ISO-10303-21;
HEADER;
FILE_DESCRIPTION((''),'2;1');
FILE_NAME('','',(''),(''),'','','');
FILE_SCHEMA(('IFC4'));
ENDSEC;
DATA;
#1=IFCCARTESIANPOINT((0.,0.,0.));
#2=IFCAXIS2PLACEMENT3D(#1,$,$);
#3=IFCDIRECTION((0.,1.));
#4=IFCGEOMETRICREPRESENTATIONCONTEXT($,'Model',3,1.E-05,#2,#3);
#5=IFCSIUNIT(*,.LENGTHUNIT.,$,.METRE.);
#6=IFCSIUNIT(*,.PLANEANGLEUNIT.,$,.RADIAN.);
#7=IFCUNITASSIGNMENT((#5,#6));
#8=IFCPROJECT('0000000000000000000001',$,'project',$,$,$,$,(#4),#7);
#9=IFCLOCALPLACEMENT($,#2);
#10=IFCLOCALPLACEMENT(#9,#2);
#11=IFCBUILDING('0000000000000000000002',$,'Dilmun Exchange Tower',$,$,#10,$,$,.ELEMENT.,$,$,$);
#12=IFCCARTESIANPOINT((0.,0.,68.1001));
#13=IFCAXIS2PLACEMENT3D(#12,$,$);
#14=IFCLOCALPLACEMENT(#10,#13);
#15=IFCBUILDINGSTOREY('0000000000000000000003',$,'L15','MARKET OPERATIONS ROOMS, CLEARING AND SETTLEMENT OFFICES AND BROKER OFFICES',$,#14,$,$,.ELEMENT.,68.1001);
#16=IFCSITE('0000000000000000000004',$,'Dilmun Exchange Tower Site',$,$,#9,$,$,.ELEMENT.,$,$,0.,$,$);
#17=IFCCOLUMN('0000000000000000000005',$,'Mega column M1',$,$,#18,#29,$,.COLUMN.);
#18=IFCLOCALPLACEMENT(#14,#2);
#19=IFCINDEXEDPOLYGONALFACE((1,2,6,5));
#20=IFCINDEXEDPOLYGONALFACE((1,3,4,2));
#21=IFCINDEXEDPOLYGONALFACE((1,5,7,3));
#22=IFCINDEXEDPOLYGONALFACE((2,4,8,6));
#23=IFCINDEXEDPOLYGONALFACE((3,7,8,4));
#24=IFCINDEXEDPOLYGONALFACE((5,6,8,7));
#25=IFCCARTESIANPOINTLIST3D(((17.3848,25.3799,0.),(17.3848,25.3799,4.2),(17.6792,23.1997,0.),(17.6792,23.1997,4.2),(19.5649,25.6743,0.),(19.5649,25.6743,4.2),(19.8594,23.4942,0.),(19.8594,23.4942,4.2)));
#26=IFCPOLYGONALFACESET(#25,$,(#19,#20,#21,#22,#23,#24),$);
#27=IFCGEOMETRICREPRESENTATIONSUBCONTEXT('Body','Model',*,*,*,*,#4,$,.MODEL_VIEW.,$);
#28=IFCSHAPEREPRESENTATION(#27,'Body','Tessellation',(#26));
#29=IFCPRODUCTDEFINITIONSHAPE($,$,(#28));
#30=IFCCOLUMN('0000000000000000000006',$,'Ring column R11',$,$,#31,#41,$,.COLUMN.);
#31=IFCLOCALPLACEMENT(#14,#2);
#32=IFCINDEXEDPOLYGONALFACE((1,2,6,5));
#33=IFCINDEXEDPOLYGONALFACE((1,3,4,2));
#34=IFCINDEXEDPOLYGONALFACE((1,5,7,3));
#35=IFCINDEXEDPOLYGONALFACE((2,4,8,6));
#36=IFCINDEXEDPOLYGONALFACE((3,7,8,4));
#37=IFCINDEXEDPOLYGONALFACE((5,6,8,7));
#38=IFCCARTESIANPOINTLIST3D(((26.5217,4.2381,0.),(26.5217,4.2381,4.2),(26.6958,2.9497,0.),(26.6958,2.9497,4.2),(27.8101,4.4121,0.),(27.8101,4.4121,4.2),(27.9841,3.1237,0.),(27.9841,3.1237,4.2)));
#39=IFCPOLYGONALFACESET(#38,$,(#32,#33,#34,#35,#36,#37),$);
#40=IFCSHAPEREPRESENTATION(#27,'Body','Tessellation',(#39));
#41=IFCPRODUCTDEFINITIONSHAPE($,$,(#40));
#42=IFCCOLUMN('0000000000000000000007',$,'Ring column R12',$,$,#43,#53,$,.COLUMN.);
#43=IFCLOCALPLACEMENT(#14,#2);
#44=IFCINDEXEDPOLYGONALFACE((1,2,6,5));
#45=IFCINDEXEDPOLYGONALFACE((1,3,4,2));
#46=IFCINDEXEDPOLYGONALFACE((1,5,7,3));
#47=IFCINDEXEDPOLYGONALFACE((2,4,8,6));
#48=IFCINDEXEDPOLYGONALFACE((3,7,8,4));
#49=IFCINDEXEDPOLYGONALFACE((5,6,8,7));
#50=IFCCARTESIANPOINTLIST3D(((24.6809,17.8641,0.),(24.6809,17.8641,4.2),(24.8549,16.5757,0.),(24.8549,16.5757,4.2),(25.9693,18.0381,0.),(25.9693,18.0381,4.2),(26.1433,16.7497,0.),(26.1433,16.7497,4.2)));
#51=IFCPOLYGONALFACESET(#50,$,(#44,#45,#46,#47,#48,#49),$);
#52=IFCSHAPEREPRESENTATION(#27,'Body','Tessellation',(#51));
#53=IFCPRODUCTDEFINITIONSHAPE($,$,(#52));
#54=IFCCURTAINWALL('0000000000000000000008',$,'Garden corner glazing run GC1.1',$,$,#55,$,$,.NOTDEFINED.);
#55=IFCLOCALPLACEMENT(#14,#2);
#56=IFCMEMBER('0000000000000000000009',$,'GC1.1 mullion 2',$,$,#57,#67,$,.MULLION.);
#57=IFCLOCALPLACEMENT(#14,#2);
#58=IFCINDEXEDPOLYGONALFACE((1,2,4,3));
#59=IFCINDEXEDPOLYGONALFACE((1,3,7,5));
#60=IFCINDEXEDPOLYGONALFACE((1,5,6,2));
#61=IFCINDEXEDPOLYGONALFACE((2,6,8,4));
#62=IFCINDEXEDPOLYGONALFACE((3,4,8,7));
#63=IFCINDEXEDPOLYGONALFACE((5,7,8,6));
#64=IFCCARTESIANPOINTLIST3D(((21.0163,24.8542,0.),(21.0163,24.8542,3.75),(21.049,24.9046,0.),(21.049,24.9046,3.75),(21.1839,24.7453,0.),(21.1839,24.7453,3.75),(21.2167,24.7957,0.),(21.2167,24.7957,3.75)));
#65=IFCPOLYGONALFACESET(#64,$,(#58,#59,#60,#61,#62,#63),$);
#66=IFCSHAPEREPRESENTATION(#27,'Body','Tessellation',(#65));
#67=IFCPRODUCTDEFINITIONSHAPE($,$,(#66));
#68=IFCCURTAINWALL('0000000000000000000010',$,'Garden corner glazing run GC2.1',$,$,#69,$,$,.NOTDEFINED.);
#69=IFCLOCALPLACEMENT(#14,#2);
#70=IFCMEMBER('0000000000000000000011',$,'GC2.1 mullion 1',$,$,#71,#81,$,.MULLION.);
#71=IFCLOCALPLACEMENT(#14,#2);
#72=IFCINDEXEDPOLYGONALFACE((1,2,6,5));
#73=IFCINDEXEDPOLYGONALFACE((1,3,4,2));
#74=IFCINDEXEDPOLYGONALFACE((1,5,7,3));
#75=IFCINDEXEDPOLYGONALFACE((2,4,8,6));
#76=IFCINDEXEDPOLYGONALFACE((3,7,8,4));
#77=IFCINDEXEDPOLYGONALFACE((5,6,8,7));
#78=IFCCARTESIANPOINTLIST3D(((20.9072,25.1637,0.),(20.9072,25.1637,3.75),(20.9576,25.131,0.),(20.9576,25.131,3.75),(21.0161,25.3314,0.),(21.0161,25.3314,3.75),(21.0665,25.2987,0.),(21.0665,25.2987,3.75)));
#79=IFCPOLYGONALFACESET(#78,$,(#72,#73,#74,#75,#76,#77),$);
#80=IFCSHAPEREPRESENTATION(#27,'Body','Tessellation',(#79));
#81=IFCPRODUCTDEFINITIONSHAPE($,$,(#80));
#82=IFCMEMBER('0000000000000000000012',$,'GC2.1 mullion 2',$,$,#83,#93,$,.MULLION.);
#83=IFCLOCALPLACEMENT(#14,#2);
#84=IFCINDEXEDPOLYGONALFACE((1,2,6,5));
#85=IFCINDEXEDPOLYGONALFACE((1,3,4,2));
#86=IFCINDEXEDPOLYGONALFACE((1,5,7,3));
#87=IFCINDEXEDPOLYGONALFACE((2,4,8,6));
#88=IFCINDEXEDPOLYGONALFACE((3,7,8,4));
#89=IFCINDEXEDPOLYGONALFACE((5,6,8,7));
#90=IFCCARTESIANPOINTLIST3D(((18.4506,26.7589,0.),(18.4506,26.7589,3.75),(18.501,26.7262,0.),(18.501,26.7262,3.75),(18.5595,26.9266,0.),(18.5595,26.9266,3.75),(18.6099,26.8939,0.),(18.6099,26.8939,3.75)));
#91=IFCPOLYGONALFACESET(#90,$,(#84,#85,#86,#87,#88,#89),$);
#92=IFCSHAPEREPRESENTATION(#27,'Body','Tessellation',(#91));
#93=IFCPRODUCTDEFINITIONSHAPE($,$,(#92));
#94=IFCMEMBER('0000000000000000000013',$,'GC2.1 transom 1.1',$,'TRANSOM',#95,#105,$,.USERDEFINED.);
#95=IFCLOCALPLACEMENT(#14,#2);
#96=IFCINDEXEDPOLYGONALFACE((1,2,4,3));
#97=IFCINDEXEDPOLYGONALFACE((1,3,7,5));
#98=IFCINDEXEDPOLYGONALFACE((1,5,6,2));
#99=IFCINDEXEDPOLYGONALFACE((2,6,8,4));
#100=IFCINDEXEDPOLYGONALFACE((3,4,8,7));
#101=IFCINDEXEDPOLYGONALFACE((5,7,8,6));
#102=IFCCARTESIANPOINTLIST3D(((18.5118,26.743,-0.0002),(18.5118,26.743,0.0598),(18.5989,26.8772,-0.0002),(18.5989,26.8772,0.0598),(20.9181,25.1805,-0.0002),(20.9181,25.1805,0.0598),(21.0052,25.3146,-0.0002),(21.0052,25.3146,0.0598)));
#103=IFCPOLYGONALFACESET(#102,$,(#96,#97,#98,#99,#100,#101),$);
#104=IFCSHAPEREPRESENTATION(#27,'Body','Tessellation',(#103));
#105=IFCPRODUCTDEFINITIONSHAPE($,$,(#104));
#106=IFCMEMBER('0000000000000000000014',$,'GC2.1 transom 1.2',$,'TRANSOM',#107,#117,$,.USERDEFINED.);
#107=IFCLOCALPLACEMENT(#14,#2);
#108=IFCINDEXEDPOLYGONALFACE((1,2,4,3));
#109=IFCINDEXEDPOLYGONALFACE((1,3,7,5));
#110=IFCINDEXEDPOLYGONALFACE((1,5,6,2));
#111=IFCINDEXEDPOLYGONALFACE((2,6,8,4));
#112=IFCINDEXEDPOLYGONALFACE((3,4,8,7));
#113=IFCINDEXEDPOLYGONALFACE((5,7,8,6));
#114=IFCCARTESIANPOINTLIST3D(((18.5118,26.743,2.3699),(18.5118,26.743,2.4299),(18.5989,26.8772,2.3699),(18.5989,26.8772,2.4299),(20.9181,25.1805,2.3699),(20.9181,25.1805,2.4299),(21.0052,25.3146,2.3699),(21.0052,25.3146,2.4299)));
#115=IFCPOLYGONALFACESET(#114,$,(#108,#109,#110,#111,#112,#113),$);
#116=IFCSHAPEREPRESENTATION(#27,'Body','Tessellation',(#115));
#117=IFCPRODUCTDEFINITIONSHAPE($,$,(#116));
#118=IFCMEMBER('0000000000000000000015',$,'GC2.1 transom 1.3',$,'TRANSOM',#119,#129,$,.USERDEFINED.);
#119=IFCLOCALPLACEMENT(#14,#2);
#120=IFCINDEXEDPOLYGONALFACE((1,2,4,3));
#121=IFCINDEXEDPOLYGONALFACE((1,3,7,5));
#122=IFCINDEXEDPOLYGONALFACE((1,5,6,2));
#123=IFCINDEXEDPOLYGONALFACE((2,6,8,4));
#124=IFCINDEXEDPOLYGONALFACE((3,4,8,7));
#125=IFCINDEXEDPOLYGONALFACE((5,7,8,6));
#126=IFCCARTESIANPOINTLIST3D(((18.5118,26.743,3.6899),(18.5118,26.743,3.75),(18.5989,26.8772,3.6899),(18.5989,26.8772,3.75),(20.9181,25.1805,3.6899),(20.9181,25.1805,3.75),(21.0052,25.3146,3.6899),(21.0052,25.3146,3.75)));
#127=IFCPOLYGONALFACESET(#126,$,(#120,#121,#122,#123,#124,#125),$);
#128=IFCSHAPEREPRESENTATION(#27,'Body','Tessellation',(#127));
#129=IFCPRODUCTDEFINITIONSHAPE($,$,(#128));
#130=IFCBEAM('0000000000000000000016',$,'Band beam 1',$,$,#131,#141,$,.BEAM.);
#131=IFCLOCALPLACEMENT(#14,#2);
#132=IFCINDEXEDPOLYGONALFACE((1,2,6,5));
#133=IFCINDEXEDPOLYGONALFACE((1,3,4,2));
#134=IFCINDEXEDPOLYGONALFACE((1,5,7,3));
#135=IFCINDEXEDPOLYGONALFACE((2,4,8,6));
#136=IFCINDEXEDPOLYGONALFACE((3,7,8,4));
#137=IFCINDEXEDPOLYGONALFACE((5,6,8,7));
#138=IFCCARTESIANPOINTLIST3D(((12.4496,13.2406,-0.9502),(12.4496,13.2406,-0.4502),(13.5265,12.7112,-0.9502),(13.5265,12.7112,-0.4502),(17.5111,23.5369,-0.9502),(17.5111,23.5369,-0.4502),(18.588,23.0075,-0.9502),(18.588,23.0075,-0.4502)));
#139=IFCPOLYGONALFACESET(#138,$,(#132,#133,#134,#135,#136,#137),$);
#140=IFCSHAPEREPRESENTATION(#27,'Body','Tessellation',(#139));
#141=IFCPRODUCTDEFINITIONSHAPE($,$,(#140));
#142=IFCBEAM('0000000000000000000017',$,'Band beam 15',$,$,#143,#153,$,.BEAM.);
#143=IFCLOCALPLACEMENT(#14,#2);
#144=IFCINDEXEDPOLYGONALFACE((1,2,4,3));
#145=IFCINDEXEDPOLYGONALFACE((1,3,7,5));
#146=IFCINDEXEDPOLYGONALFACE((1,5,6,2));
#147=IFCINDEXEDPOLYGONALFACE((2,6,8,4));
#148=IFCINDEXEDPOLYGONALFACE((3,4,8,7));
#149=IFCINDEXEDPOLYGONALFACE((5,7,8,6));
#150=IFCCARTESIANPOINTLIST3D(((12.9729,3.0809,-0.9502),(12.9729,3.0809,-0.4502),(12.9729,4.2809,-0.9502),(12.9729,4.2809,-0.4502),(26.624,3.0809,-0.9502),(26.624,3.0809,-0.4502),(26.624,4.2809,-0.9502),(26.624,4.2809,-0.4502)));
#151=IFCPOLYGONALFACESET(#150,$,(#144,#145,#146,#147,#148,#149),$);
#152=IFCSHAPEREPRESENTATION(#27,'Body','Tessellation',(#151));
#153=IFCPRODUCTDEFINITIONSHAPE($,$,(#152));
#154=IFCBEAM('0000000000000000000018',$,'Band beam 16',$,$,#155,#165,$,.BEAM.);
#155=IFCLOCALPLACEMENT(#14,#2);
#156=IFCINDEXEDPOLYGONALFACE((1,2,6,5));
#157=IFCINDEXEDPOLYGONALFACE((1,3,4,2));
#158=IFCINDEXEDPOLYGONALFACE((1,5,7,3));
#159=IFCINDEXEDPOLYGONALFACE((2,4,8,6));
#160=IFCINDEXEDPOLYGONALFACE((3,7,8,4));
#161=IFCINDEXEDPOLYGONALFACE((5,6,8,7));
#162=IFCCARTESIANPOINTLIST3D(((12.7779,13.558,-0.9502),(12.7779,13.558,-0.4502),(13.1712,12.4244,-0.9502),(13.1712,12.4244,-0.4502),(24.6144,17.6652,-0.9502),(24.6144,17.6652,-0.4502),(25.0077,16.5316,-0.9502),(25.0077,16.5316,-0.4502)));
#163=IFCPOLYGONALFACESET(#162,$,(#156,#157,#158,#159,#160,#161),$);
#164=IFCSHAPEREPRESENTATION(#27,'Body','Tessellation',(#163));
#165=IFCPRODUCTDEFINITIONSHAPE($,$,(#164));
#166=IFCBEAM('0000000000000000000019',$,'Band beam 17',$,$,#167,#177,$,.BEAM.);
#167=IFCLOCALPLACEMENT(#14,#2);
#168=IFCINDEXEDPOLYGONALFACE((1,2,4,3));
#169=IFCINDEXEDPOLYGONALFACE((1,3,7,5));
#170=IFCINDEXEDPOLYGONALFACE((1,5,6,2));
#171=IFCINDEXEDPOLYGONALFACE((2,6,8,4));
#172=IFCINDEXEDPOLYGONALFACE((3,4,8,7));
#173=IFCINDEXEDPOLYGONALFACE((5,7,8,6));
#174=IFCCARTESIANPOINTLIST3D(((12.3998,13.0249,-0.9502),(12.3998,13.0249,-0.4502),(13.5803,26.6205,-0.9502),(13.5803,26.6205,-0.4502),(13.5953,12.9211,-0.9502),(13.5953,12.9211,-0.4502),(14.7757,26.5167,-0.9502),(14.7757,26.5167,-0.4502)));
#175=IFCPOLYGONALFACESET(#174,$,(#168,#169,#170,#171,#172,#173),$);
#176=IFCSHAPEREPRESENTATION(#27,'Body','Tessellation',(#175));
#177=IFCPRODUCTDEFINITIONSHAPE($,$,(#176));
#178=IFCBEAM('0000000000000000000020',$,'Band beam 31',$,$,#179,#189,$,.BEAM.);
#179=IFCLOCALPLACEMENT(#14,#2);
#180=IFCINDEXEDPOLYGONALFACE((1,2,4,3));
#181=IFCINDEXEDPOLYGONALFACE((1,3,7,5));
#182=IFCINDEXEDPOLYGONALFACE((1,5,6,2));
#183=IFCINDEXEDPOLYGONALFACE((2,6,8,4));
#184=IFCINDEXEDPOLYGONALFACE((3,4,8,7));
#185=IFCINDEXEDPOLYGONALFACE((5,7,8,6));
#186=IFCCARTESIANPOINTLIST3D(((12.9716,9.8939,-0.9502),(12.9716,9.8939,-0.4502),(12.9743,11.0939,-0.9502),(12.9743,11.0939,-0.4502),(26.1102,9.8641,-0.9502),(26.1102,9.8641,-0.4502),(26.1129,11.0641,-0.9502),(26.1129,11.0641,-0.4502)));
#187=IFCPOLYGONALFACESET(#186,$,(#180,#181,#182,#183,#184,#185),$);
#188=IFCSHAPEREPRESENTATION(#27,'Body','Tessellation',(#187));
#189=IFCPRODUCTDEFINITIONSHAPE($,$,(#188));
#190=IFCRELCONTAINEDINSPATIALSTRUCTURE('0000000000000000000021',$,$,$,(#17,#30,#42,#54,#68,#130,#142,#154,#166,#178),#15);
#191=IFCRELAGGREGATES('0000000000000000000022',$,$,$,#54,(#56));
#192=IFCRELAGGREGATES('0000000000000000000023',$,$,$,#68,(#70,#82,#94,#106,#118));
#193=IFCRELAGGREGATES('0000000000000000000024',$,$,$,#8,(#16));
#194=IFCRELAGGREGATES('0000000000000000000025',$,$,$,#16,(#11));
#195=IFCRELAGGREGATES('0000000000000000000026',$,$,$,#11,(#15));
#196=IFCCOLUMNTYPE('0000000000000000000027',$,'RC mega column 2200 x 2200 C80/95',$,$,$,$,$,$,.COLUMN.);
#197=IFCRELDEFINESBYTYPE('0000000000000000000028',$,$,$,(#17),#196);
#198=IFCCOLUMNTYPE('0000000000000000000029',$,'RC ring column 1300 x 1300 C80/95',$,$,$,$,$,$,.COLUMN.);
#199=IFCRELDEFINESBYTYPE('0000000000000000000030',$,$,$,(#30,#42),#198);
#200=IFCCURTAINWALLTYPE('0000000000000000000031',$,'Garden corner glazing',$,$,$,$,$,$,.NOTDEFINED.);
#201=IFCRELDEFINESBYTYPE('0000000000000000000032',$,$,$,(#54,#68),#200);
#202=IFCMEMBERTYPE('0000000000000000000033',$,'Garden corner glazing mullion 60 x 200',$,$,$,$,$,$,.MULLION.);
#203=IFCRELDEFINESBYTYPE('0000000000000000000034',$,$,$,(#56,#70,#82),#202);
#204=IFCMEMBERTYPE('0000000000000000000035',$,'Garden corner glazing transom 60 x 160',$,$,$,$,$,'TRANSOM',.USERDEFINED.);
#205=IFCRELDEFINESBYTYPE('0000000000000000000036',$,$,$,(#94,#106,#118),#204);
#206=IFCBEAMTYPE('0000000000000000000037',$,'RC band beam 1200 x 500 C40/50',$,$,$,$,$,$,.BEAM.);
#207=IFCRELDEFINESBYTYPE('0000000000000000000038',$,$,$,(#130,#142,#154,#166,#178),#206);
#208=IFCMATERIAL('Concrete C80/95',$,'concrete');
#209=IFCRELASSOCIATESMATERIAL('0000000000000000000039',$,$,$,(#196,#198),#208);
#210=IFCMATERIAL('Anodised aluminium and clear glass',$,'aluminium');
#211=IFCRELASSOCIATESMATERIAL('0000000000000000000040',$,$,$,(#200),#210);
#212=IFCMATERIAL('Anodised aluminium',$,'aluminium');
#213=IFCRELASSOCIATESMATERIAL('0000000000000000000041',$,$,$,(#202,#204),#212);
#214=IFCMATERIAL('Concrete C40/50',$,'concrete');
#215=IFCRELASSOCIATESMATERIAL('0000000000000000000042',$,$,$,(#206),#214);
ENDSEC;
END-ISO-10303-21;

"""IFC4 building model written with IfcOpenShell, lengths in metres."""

from ifc_helpers import new_model, si_unit, direction, frame, origin, origin_2d, place, context, subcontext, project, spatial, rectangle, extrude, material, material_profile, profile_set, type_object, element, aggregate, save


model = new_model("IFC4")

# Units and contexts
model_context = context("Model", 3, precision=1e-05, world=origin(), true_north=direction((0.0, 1.0)))
body_context = subcontext(model_context, "Body", "Model", "MODEL_VIEW")
ifc_project = project(units=[si_unit("LENGTHUNIT", "METRE"), si_unit("PLANEANGLEUNIT", "RADIAN")], contexts=[model_context])

# Site, building, storey
site_placement = place(None, origin())
site = spatial("IfcSite", under=ifc_project, at=site_placement, Name="Dilmun Exchange Tower Site", CompositionType="ELEMENT", RefElevation=0.0)
building_placement = place(site_placement, origin())
building = spatial("IfcBuilding", under=site, at=building_placement, Name="Dilmun Exchange Tower", CompositionType="ELEMENT")
storey_placement = place(building_placement, frame((0.0, 0.0, 68.1001)))
storey = spatial("IfcBuildingStorey", under=building, at=storey_placement, Name="L15", Description="MARKET OPERATIONS ROOMS, CLEARING AND SETTLEMENT OFFICES AND BROKER OFFICES", CompositionType="ELEMENT", Elevation=68.1001)

# Columns
ifc_material_1 = material(Name="Concrete C80/95", Category="concrete")
ifc_material_profile_1 = material_profile(ifc_material_1, rectangle(XDim=2.2, YDim=2.2, at=origin_2d()), Name="2200 x 2200")
ifc_profile_set_1 = profile_set([ifc_material_profile_1], Name="Concrete C80/95")
column_type_1 = type_object("IfcColumnType", Name="RC mega column 2200 x 2200 C80/95", PredefinedType="COLUMN", material=ifc_profile_set_1)
column_placement = place(storey_placement, frame((18.6221, 24.437, 0.0), z_axis=(0.0, 0.0, 1.0), x_axis=(0.991001, 0.133853, 0.0)))
element("IfcColumn", 1, at=column_placement, inside=storey, type_object=column_type_1, Name="Mega column M1", PredefinedType="COLUMN", context=body_context, shape_type="SweptSolid", body=[
    extrude(rectangle(XDim=2.2, YDim=2.2, at=origin_2d()), origin(), (0.0, 0.0, 1.0), 4.2),
])
ifc_material_profile_2 = material_profile(ifc_material_1, rectangle(XDim=1.3, YDim=1.3, at=origin_2d()), Name="1300 x 1300")
ifc_profile_set_2 = profile_set([ifc_material_profile_2], Name="Concrete C80/95")
column_type_2 = type_object("IfcColumnType", Name="RC ring column 1300 x 1300 C80/95", PredefinedType="COLUMN", material=ifc_profile_set_2)
for number, where, z_axis, x_axis, name in (
    (2, (27.2529, 3.6809, 0.0), (0.0, 0.0, 1.0), (0.991001, 0.133853, 0.0), "Ring column R11"),
    (3, (25.4121, 17.3069, 0.0), (0.0, 0.0, 1.0), (0.991001, 0.133853, 0.0), "Ring column R12"),
):
    element("IfcColumn", number, at=place(storey_placement, frame(where, z_axis=z_axis, x_axis=x_axis)), inside=storey, type_object=column_type_2, Name=name, PredefinedType="COLUMN", context=body_context, shape_type="SweptSolid", body=[
        extrude(rectangle(XDim=1.3, YDim=1.3, at=origin_2d()), origin(), (0.0, 0.0, 1.0), 4.2),
    ])

# Curtain wall, member
ifc_material_2 = material(Name="Anodised aluminium and clear glass", Category="aluminium")
curtain_wall_type = type_object("IfcCurtainWallType", Name="Garden corner glazing", PredefinedType="NOTDEFINED", material=ifc_material_2)
curtain_wall_1_placement = place(storey_placement, origin())
curtain_wall_1 = element("IfcCurtainWall", 4, at=curtain_wall_1_placement, inside=storey, type_object=curtain_wall_type, Name="Garden corner glazing run GC1.1", PredefinedType="NOTDEFINED")
ifc_material_3 = material(Name="Anodised aluminium", Category="aluminium")
ifc_material_profile_3 = material_profile(ifc_material_3, rectangle(XDim=0.2, YDim=0.0601, at=origin_2d()), Name="AL 60x200")
ifc_profile_set_3 = profile_set([ifc_material_profile_3], Name="Anodised aluminium")
member_type_1 = type_object("IfcMemberType", Name="Garden corner glazing mullion 60 x 200", PredefinedType="MULLION", material=ifc_profile_set_3)
member_1_placement = place(storey_placement, frame((21.1165, 24.825, 0.0), z_axis=(0.0, 0.0, 1.0), x_axis=(0.838667, -0.544644, 0.0)))
member_1 = element("IfcMember", 5, at=member_1_placement, type_object=member_type_1, Name="GC1.1 mullion 2", PredefinedType="MULLION", context=body_context, shape_type="SweptSolid", body=[
    extrude(rectangle(XDim=0.2, YDim=0.0601, at=origin_2d()), origin(), (0.0, 0.0, 1.0), 3.75),
])

# Curtain wall, members
curtain_wall_2_placement = place(storey_placement, origin())
curtain_wall_2 = element("IfcCurtainWall", 6, at=curtain_wall_2_placement, inside=storey, type_object=curtain_wall_type, Name="Garden corner glazing run GC2.1", PredefinedType="NOTDEFINED")
member_2_placement = place(storey_placement, frame((20.9868, 25.2312, 0.0), z_axis=(0.0, 0.0, 1.0), x_axis=(-0.544631, -0.838676, 0.0)))
member_2 = element("IfcMember", 7, at=member_2_placement, type_object=member_type_1, Name="GC2.1 mullion 1", PredefinedType="MULLION", context=body_context, shape_type="SweptSolid", body=[
    extrude(rectangle(XDim=0.2, YDim=0.0601, at=origin_2d()), origin(), (0.0, 0.0, 1.0), 3.75),
])
member_3_placement = place(storey_placement, frame((18.5303, 26.8264, 0.0), z_axis=(0.0, 0.0, 1.0), x_axis=(-0.544631, -0.838676, 0.0)))
member_3 = element("IfcMember", 8, at=member_3_placement, type_object=member_type_1, Name="GC2.1 mullion 2", PredefinedType="MULLION", context=body_context, shape_type="SweptSolid", body=[
    extrude(rectangle(XDim=0.2, YDim=0.0601, at=origin_2d()), origin(), (0.0, 0.0, 1.0), 3.75),
])
ifc_material_profile_4 = material_profile(ifc_material_3, rectangle(XDim=0.1599, YDim=0.0601, at=origin_2d()), Name="AL 60x160")
ifc_profile_set_4 = profile_set([ifc_material_profile_4], Name="Anodised aluminium")
member_type_2 = type_object("IfcMemberType", Name="Garden corner glazing transom 60 x 160", ElementType="TRANSOM", PredefinedType="USERDEFINED", material=ifc_profile_set_4)
member_4_placement = place(storey_placement, frame((20.9617, 25.2476, 0.0298), z_axis=(-0.838692, 0.544605, 0.0), x_axis=(-0.544605, -0.838692, 0.0)))
member_4 = element("IfcMember", 9, at=member_4_placement, type_object=member_type_2, Name="GC2.1 transom 1.1", ObjectType="TRANSOM", PredefinedType="USERDEFINED", context=body_context, shape_type="SweptSolid", body=[
    extrude(rectangle(XDim=0.1599, YDim=0.0601, at=origin_2d()), origin(), (0.0, 0.0, 1.0), 2.8691),
])
member_5_placement = place(storey_placement, frame((20.9617, 25.2476, 2.3999), z_axis=(-0.838692, 0.544605, 0.0), x_axis=(-0.544605, -0.838692, 0.0)))
member_5 = element("IfcMember", 10, at=member_5_placement, type_object=member_type_2, Name="GC2.1 transom 1.2", ObjectType="TRANSOM", PredefinedType="USERDEFINED", context=body_context, shape_type="SweptSolid", body=[
    extrude(rectangle(XDim=0.1599, YDim=0.0601, at=origin_2d()), origin(), (0.0, 0.0, 1.0), 2.8691),
])
member_6_placement = place(storey_placement, frame((20.9617, 25.2476, 3.72), z_axis=(-0.838692, 0.544605, 0.0), x_axis=(-0.544605, -0.838692, 0.0)))
member_6 = element("IfcMember", 11, at=member_6_placement, type_object=member_type_2, Name="GC2.1 transom 1.3", ObjectType="TRANSOM", PredefinedType="USERDEFINED", context=body_context, shape_type="SweptSolid", body=[
    extrude(rectangle(XDim=0.1599, YDim=0.0601, at=origin_2d()), origin(), (0.0, 0.0, 1.0), 2.8691),
])

# Beams
ifc_material_4 = material(Name="Concrete C40/50", Category="concrete")
ifc_material_profile_5 = material_profile(ifc_material_4, rectangle(XDim=1.2, YDim=0.5, at=origin_2d()), Name="1200 x 500")
ifc_profile_set_5 = profile_set([ifc_material_profile_5], Name="Concrete C40/50")
beam_type_1 = type_object("IfcBeamType", Name="RC band beam 1200 x 500 C40/50", PredefinedType="BEAM", material=ifc_profile_set_5)
beam_1_placement = place(storey_placement, frame((18.0496, 23.2722, -0.7002), z_axis=(-0.44116, -0.897428, 0.0), x_axis=(0.897428, -0.44116, 0.0)))
element("IfcBeam", 12, at=beam_1_placement, inside=storey, type_object=beam_type_1, Name="Band beam 1", PredefinedType="BEAM", context=body_context, shape_type="SweptSolid", body=[
    extrude(rectangle(XDim=1.2, YDim=0.5, at=origin_2d()), origin(), (0.0, 0.0, 1.0), 11.4731),
])
beam_2_placement = place(storey_placement, frame((26.624, 3.6809, -0.7002), z_axis=(-1.0, 0.0, 0.0), x_axis=(0.0, -1.0, 0.0)))
element("IfcBeam", 13, at=beam_2_placement, inside=storey, type_object=beam_type_1, Name="Band beam 15", PredefinedType="BEAM", context=body_context, shape_type="SweptSolid", body=[
    extrude(rectangle(XDim=1.2, YDim=0.5, at=origin_2d()), origin(), (0.0, 0.0, 1.0), 13.6511),
])
beam_3_placement = place(storey_placement, frame((24.811, 17.0984, -0.7002), z_axis=(-0.94474, -0.32782, 0.0), x_axis=(0.32782, -0.94474, 0.0)))
element("IfcBeam", 14, at=beam_3_placement, inside=storey, type_object=beam_type_1, Name="Band beam 16", PredefinedType="BEAM", context=body_context, shape_type="SweptSolid", body=[
    extrude(rectangle(XDim=1.2, YDim=0.5, at=origin_2d()), origin(), (0.0, 0.0, 1.0), 12.5288),
])
beam_4_placement = place(storey_placement, frame((14.178, 26.5686, -0.7002), z_axis=(-0.086499, -0.996252, 0.0), x_axis=(0.996252, -0.086499, 0.0)))
element("IfcBeam", 15, at=beam_4_placement, inside=storey, type_object=beam_type_1, Name="Band beam 17", PredefinedType="BEAM", context=body_context, shape_type="SweptSolid", body=[
    extrude(rectangle(XDim=1.2, YDim=0.5, at=origin_2d()), origin(), (0.0, 0.0, 1.0), 13.6467),
])
beam_5_placement = place(storey_placement, frame((26.1116, 10.4641, -0.7002), z_axis=(-0.999997, 0.002267, 0.0), x_axis=(-0.002267, -0.999997, 0.0)))
element("IfcBeam", 16, at=beam_5_placement, inside=storey, type_object=beam_type_1, Name="Band beam 31", PredefinedType="BEAM", context=body_context, shape_type="SweptSolid", body=[
    extrude(rectangle(XDim=1.2, YDim=0.5, at=origin_2d()), origin(), (0.0, 0.0, 1.0), 13.1387),
])

aggregate(curtain_wall_1, [member_1])
aggregate(curtain_wall_2, [member_2, member_3, member_4, member_5, member_6])

save(model, "model.ifc")
